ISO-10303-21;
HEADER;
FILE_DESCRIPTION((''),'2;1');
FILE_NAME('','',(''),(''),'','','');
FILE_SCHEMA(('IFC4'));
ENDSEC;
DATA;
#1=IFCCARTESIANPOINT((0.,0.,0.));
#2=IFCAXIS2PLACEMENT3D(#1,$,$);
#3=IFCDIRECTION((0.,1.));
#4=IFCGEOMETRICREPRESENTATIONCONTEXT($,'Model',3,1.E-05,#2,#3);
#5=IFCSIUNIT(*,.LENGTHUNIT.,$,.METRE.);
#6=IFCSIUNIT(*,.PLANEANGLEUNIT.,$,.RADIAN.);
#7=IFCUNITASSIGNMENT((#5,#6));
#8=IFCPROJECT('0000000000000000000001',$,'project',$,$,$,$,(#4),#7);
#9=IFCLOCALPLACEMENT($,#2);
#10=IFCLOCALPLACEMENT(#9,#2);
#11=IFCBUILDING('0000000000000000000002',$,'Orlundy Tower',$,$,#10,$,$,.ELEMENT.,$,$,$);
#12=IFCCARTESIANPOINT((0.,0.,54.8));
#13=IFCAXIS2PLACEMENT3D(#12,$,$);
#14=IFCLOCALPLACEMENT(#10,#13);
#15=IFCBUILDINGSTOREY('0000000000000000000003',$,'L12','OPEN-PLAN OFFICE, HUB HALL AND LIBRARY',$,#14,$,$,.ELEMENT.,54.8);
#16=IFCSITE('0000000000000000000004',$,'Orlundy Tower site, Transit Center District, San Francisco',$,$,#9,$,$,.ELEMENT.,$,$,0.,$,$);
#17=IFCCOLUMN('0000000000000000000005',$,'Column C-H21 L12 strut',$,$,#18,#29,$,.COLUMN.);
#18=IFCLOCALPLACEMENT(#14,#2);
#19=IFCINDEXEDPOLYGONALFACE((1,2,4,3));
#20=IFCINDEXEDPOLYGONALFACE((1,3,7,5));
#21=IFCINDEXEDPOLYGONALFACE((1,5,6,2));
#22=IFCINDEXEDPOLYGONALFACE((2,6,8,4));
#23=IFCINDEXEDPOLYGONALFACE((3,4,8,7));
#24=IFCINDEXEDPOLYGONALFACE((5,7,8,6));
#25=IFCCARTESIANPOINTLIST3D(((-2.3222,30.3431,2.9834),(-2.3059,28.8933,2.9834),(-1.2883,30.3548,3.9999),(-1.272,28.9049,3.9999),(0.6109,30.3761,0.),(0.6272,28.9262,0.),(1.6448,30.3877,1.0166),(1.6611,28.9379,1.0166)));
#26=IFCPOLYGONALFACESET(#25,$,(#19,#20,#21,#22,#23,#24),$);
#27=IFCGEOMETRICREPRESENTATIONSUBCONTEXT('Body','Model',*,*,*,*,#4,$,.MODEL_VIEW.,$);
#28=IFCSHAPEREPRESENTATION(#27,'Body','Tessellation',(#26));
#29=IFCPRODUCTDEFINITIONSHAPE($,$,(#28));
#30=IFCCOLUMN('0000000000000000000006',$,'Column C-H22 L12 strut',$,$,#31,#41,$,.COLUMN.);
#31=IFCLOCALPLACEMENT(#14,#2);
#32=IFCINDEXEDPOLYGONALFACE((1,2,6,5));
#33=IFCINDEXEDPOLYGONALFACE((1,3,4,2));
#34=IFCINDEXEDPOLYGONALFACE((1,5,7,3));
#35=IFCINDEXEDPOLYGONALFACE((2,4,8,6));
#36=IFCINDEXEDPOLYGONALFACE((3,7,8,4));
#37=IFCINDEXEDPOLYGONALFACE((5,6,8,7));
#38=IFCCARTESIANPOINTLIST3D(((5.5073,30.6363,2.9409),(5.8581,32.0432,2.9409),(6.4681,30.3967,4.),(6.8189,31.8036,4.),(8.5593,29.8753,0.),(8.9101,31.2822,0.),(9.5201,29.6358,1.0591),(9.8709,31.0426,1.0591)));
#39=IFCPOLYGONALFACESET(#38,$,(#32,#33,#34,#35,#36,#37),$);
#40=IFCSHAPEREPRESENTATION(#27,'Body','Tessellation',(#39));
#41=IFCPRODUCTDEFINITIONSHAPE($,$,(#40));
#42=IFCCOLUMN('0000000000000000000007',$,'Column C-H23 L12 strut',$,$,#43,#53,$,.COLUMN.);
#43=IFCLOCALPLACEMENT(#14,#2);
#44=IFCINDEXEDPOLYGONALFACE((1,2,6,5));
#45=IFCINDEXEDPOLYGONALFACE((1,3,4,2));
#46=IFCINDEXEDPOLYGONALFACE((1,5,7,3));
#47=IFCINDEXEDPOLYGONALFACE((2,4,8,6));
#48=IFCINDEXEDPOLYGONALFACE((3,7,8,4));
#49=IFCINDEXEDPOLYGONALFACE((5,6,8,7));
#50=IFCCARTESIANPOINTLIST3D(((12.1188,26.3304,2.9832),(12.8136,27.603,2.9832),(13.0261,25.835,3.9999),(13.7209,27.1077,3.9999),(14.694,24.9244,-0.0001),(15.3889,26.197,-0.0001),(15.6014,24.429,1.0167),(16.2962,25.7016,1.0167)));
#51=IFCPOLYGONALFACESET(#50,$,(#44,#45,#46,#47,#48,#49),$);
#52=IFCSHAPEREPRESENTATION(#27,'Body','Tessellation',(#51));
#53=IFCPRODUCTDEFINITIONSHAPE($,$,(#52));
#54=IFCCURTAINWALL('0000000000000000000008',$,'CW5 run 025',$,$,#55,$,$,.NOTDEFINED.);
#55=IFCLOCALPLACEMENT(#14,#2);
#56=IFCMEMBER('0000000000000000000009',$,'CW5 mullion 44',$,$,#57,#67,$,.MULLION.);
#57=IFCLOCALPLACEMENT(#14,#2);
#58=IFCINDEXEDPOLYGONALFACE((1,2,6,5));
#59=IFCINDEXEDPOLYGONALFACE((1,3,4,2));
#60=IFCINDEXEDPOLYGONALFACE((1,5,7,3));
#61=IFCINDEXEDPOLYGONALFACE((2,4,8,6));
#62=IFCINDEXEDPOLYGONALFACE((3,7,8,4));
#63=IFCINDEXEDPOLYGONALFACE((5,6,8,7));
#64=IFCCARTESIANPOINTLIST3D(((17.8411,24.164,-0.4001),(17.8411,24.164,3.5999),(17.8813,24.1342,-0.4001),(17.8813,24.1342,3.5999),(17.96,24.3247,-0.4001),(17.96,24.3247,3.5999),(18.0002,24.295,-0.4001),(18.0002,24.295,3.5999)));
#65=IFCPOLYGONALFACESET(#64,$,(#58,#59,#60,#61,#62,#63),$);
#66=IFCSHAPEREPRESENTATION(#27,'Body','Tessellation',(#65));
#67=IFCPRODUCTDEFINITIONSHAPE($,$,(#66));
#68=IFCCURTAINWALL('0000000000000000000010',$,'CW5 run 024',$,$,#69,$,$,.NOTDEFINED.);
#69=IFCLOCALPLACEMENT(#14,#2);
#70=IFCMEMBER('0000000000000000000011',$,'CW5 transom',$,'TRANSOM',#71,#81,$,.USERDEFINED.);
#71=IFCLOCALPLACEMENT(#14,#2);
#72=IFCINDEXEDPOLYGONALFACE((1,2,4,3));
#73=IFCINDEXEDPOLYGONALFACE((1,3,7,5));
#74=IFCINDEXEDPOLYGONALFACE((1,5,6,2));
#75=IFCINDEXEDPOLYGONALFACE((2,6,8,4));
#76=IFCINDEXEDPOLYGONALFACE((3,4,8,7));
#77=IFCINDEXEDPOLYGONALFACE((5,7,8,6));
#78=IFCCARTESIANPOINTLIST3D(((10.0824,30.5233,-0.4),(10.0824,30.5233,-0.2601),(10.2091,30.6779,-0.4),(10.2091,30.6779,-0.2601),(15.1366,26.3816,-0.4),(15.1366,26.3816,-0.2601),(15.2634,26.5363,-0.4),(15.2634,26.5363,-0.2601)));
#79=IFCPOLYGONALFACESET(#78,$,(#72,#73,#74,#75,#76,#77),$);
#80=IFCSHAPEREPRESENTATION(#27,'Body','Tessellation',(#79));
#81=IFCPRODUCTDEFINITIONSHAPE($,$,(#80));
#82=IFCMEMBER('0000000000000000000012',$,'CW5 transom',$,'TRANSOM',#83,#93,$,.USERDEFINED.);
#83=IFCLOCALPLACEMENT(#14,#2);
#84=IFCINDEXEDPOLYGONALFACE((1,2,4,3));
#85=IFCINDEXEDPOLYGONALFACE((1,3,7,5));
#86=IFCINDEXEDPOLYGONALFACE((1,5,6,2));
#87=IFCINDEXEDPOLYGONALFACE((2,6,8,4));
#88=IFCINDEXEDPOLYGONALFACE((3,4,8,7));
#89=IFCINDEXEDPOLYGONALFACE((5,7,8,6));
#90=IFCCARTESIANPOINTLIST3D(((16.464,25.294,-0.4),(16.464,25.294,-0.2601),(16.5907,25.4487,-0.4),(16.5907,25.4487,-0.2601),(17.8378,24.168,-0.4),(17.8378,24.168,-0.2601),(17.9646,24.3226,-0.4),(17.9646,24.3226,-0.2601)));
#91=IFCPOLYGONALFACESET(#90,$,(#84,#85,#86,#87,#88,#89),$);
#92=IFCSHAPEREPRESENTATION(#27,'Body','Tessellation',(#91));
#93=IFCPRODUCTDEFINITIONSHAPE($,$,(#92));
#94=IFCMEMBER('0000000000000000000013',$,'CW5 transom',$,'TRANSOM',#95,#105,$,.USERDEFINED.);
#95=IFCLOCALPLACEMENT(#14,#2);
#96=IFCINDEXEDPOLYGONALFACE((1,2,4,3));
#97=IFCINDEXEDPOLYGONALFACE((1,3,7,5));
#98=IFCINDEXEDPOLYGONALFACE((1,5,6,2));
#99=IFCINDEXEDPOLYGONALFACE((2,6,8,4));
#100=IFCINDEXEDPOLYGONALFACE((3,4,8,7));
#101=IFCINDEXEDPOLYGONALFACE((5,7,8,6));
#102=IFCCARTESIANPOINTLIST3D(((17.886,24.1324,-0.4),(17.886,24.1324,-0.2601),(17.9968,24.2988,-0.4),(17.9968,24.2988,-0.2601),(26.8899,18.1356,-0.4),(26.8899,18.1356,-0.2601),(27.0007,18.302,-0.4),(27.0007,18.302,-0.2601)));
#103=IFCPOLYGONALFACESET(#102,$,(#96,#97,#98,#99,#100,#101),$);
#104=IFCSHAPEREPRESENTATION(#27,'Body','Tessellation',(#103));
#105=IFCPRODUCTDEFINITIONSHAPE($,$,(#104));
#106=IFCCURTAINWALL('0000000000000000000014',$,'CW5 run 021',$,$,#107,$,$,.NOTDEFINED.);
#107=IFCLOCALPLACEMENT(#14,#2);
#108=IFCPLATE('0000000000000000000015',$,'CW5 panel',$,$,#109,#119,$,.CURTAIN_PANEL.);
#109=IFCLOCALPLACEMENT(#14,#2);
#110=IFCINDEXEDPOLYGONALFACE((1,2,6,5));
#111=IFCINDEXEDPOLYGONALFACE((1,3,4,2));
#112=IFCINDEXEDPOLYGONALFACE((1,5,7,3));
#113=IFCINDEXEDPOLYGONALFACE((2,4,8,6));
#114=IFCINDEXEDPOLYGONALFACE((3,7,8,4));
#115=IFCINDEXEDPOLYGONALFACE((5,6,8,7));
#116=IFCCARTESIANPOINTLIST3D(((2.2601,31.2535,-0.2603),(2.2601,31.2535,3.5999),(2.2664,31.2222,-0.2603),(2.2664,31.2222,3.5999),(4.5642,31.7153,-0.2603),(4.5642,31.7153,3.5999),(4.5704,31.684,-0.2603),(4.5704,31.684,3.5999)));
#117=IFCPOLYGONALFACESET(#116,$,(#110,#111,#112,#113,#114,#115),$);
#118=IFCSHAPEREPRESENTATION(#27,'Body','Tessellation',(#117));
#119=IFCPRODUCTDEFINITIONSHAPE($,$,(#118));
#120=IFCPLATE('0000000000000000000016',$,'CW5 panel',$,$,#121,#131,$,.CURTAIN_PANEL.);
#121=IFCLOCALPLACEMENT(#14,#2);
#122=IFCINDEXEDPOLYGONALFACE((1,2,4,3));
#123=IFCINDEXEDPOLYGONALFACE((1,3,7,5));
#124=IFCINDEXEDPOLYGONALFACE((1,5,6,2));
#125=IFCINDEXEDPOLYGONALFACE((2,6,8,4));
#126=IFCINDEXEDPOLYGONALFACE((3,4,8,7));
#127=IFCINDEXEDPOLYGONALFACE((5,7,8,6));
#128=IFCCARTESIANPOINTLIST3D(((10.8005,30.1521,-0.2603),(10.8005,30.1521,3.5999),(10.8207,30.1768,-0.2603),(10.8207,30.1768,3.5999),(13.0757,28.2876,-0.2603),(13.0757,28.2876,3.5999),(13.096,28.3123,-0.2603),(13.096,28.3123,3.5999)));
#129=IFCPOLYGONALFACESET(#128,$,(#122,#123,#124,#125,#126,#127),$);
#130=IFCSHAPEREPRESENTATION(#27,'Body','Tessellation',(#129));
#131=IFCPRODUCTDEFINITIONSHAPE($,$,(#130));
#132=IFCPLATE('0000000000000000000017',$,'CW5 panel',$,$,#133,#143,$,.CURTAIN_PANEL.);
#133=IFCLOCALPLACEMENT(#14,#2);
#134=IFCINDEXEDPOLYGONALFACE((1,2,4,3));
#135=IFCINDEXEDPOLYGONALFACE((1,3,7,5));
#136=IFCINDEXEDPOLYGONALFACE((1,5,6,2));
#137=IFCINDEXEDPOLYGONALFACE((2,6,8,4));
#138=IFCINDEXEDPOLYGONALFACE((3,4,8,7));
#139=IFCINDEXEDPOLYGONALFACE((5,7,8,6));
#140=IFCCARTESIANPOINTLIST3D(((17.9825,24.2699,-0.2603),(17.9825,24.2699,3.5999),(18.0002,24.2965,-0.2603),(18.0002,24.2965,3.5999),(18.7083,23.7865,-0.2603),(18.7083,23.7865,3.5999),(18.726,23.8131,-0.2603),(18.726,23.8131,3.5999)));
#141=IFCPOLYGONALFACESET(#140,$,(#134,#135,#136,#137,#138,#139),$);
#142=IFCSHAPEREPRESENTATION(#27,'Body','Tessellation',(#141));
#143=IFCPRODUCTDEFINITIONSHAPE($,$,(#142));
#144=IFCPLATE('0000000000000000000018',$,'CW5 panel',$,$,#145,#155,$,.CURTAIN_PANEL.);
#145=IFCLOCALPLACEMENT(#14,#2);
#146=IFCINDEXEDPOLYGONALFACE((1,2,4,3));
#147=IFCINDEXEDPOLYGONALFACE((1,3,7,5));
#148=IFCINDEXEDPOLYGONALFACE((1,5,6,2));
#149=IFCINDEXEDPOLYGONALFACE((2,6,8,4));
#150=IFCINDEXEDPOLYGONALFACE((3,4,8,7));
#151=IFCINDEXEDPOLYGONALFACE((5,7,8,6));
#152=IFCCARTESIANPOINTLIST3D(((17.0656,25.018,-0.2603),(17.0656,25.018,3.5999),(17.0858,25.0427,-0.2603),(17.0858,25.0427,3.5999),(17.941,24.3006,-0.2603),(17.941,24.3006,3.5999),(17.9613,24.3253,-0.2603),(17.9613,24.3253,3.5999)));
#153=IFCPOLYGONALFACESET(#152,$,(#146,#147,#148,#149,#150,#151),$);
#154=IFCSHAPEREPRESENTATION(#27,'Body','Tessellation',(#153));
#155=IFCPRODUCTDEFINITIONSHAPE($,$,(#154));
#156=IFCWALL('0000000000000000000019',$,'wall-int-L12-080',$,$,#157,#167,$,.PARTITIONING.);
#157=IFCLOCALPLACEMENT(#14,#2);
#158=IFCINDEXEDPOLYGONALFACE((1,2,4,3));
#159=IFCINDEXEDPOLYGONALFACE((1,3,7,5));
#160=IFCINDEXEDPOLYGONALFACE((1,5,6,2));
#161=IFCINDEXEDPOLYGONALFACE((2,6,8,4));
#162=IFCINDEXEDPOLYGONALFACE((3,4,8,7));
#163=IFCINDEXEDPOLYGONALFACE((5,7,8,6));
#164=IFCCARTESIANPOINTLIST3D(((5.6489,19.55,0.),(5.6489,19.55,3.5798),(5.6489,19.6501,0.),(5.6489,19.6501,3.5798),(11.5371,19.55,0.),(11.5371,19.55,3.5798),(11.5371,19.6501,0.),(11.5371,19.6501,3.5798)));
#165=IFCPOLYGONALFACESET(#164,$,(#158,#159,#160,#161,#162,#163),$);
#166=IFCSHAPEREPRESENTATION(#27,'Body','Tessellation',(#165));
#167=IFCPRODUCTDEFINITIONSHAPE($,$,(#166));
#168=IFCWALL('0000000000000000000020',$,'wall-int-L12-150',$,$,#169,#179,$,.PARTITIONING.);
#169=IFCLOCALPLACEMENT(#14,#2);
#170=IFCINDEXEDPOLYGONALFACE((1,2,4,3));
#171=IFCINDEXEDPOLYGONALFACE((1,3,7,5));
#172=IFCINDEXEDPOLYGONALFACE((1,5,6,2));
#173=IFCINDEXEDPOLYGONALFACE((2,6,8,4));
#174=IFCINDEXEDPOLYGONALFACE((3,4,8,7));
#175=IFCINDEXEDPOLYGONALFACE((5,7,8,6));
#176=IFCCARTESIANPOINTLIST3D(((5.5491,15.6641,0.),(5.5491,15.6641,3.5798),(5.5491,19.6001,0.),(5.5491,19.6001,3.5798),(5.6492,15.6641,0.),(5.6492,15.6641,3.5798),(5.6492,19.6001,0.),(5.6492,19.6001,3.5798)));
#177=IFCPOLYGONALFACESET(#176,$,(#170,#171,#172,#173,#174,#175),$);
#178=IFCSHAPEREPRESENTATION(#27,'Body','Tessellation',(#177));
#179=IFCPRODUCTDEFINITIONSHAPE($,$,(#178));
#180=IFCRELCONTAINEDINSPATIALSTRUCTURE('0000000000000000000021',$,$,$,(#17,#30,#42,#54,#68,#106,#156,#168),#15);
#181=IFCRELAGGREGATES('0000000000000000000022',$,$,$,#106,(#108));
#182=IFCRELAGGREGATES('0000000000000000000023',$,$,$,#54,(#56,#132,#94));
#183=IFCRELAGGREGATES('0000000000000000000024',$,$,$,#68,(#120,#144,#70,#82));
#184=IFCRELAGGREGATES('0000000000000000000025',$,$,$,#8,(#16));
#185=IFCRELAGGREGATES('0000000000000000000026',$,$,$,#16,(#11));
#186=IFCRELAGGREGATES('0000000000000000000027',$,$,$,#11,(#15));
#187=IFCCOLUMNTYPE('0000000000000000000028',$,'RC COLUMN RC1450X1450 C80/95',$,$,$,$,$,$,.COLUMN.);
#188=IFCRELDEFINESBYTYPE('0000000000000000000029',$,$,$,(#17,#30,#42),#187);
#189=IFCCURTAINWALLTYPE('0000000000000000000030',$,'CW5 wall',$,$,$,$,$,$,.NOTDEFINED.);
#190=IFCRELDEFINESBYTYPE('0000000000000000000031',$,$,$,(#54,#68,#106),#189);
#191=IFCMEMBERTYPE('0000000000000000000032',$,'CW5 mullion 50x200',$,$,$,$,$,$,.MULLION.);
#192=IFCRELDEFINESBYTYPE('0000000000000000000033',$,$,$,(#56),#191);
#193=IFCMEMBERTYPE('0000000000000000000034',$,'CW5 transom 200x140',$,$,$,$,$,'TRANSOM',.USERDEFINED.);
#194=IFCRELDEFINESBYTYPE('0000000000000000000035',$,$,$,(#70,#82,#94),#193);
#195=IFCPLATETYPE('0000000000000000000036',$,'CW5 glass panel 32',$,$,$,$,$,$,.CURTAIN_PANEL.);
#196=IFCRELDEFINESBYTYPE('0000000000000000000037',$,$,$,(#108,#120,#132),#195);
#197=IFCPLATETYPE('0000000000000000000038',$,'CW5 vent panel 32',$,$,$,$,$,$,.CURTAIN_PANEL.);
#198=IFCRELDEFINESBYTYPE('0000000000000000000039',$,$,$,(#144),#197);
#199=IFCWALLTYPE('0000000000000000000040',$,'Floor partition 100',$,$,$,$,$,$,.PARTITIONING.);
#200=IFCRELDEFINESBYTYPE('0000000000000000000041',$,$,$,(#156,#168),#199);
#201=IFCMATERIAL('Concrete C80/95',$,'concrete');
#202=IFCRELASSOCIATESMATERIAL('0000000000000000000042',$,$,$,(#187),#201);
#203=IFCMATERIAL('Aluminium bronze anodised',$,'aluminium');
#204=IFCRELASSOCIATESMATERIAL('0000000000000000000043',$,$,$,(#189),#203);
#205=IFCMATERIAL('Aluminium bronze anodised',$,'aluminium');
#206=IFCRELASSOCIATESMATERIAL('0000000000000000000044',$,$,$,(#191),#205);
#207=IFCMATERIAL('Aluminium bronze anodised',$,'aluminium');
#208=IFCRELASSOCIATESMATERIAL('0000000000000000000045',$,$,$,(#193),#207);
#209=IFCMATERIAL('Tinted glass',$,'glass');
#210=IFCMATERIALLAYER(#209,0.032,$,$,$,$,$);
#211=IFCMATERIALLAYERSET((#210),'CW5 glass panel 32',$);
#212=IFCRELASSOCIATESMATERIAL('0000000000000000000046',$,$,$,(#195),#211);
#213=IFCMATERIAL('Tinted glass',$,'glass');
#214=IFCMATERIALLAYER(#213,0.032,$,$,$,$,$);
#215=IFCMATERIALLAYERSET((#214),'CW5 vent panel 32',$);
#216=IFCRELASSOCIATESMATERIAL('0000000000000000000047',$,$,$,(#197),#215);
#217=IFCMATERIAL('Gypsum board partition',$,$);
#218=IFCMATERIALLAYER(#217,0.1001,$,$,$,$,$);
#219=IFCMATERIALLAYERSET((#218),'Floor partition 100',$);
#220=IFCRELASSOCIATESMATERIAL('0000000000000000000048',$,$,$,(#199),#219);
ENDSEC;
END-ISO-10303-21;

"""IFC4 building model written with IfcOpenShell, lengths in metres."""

from ifc_helpers import new_model, si_unit, direction, frame, frame_2d, origin, origin_2d, place, context, subcontext, project, spatial, rectangle, extrude, material, layer, layer_set, material_profile, profile_set, type_object, element, aggregate, save


model = new_model("IFC4")

# Units and contexts
model_context = context("Model", 3, precision=1e-05, world=origin(), true_north=direction((0.0, 1.0)))
body_context = subcontext(model_context, "Body", "Model", "MODEL_VIEW")
ifc_project = project(units=[si_unit("LENGTHUNIT", "METRE"), si_unit("PLANEANGLEUNIT", "RADIAN")], contexts=[model_context])

# Site, building, storey
site_placement = place(None, origin())
site = spatial("IfcSite", under=ifc_project, at=site_placement, Name="Orlundy Tower site, Transit Center District, San Francisco", CompositionType="ELEMENT", RefElevation=0.0)
building_placement = place(site_placement, origin())
building = spatial("IfcBuilding", under=site, at=building_placement, Name="Orlundy Tower", CompositionType="ELEMENT")
storey_placement = place(building_placement, frame((0.0, 0.0, 54.8)))
storey = spatial("IfcBuildingStorey", under=building, at=storey_placement, Name="L12", Description="OPEN-PLAN OFFICE, HUB HALL AND LIBRARY", CompositionType="ELEMENT", Elevation=54.8)

# Columns
ifc_material_1 = material(Name="Concrete C80/95", Category="concrete")
ifc_material_profile_1 = material_profile(ifc_material_1, rectangle(XDim=1.45, YDim=1.45, at=origin_2d()), Name="RC1450X1450")
ifc_profile_set_1 = profile_set([ifc_material_profile_1], Name="Concrete C80/95")
column_type = type_object("IfcColumnType", Name="RC COLUMN RC1450X1450 C80/95", PredefinedType="COLUMN", material=ifc_profile_set_1)
column_1_placement = place(storey_placement, frame((1.136, 29.657, 0.5083), z_axis=(-0.701049, -0.007878, 0.71307), x_axis=(0.011236, -0.999937, 0.0)))
element("IfcColumn", 1, at=column_1_placement, inside=storey, type_object=column_type, Name="Column C-H21 L12 strut", PredefinedType="COLUMN", context=body_context, shape_type="SweptSolid", body=[
    extrude(rectangle(XDim=1.45, YDim=1.45, at=origin_2d()), origin(), (0.0, 0.0, 1.0), 4.1838),
])
column_2_placement = place(storey_placement, frame((9.2151, 30.459, 0.5295), z_axis=(-0.708756, 0.176721, 0.68296), x_axis=(-0.241933, -0.970293, 0.0)))
element("IfcColumn", 2, at=column_2_placement, inside=storey, type_object=column_type, Name="Column C-H22 L12 strut", PredefinedType="COLUMN", context=body_context, shape_type="SweptSolid", body=[
    extrude(rectangle(XDim=1.45, YDim=1.45, at=origin_2d()), origin(), (0.0, 0.0, 1.0), 4.3062),
])
column_3_placement = place(storey_placement, frame((15.4951, 25.313, 0.5083), z_axis=(-0.615454, 0.336026, 0.712954), x_axis=(-0.479208, -0.877702, 0.0)))
element("IfcColumn", 3, at=column_3_placement, inside=storey, type_object=column_type, Name="Column C-H23 L12 strut", PredefinedType="COLUMN", context=body_context, shape_type="SweptSolid", body=[
    extrude(rectangle(XDim=1.45, YDim=1.45, at=origin_2d()), origin(), (0.0, 0.0, 1.0), 4.1843),
])

# Curtain wall, member
ifc_material_2 = material(Name="Aluminium bronze anodised", Category="aluminium")
curtain_wall_type = type_object("IfcCurtainWallType", Name="CW5 wall", PredefinedType="NOTDEFINED", material=ifc_material_2)
curtain_wall_1_placement = place(storey_placement, origin())
curtain_wall_1 = element("IfcCurtainWall", 4, at=curtain_wall_1_placement, inside=storey, type_object=curtain_wall_type, Name="CW5 run 025", PredefinedType="NOTDEFINED")
ifc_material_3 = material(Name="Aluminium bronze anodised", Category="aluminium")
ifc_material_profile_2 = material_profile(ifc_material_3, rectangle(XDim=0.2, YDim=0.05, at=origin_2d()), Name="CW5 mullion 50x200")
ifc_profile_set_2 = profile_set([ifc_material_profile_2], Name="Aluminium bronze anodised")
member_type_1 = type_object("IfcMemberType", Name="CW5 mullion 50x200", PredefinedType="MULLION", material=ifc_profile_set_2)
member_1_placement = place(storey_placement, frame((17.9207, 24.2295, -0.4001), z_axis=(0.0, 0.0, 1.0), x_axis=(0.594813, 0.803864, 0.0)))
member_1 = element("IfcMember", 5, at=member_1_placement, type_object=member_type_1, Name="CW5 mullion 44", PredefinedType="MULLION", context=body_context, shape_type="SweptSolid", body=[
    extrude(rectangle(XDim=0.2, YDim=0.05, at=origin_2d()), origin(), (0.0, 0.0, 1.0), 4.0),
])

# Curtain wall, members
curtain_wall_2_placement = place(storey_placement, origin())
curtain_wall_2 = element("IfcCurtainWall", 6, at=curtain_wall_2_placement, inside=storey, type_object=curtain_wall_type, Name="CW5 run 024", PredefinedType="NOTDEFINED")
ifc_material_4 = material(Name="Aluminium bronze anodised", Category="aluminium")
ifc_material_profile_3 = material_profile(ifc_material_4, rectangle(XDim=0.2, YDim=0.1399, at=origin_2d()), Name="CW5 transom 200x140")
ifc_profile_set_3 = profile_set([ifc_material_profile_3], Name="Aluminium bronze anodised")
member_type_2 = type_object("IfcMemberType", Name="CW5 transom 200x140", ElementType="TRANSOM", PredefinedType="USERDEFINED", material=ifc_profile_set_3)
member_2_placement = place(storey_placement, frame((10.1458, 30.6006, -0.3301), z_axis=(0.773481, -0.63382, 0.0), x_axis=(0.63382, 0.773481, 0.0)))
member_2 = element("IfcMember", 7, at=member_2_placement, type_object=member_type_2, Name="CW5 transom", ObjectType="TRANSOM", PredefinedType="USERDEFINED", context=body_context, shape_type="SweptSolid", body=[
    extrude(rectangle(XDim=0.2, YDim=0.1399, at=origin_2d()), origin(), (0.0, 0.0, 1.0), 6.5344),
])
member_3_placement = place(storey_placement, frame((16.5273, 25.3713, -0.3301), z_axis=(0.773412, -0.633904, 0.0), x_axis=(0.633904, 0.773412, 0.0)))
member_3 = element("IfcMember", 8, at=member_3_placement, type_object=member_type_2, Name="CW5 transom", ObjectType="TRANSOM", PredefinedType="USERDEFINED", context=body_context, shape_type="SweptSolid", body=[
    extrude(rectangle(XDim=0.2, YDim=0.1399, at=origin_2d()), origin(), (0.0, 0.0, 1.0), 1.7764),
])

# Member
member_4_placement = place(storey_placement, frame((17.9414, 24.2156, -0.3301), z_axis=(0.832297, -0.55433, 0.0), x_axis=(0.55433, 0.832297, 0.0)))
member_4 = element("IfcMember", 9, at=member_4_placement, type_object=member_type_2, Name="CW5 transom", ObjectType="TRANSOM", PredefinedType="USERDEFINED", context=body_context, shape_type="SweptSolid", body=[
    extrude(rectangle(XDim=0.2, YDim=0.1399, at=origin_2d()), origin(), (0.0, 0.0, 1.0), 10.8181),
])

# Curtain wall, plate
curtain_wall_3_placement = place(storey_placement, origin())
curtain_wall_3 = element("IfcCurtainWall", 10, at=curtain_wall_3_placement, inside=storey, type_object=curtain_wall_type, Name="CW5 run 021", PredefinedType="NOTDEFINED")
ifc_material_5 = material(Name="Tinted glass", Category="glass")
ifc_layer_1 = layer(ifc_material_5, 0.032)
ifc_layer_set_1 = layer_set([ifc_layer_1], Name="CW5 glass panel 32")
plate_type_1 = type_object("IfcPlateType", Name="CW5 glass panel 32", PredefinedType="CURTAIN_PANEL", material=ifc_layer_set_1)
plate_1_placement = place(storey_placement, frame((3.4153, 31.4688, -0.2603), z_axis=(0.0, 0.0, 1.0), x_axis=(0.9805, 0.19652, 0.0)))
plate_1 = element("IfcPlate", 11, at=plate_1_placement, type_object=plate_type_1, Name="CW5 panel", PredefinedType="CURTAIN_PANEL", context=body_context, shape_type="SweptSolid", body=[
    extrude(rectangle(XDim=2.3499, YDim=0.032, at=origin_2d()), origin(), (0.0, 0.0, 1.0), 3.8601),
])
aggregate(curtain_wall_3, [plate_1])

# Plates
plate_2_placement = place(storey_placement, frame((11.9482, 29.2322, -0.2603), z_axis=(0.0, 0.0, 1.0), x_axis=(0.773472, -0.63383, 0.0)))
plate_2 = element("IfcPlate", 12, at=plate_2_placement, type_object=plate_type_1, Name="CW5 panel", PredefinedType="CURTAIN_PANEL", context=body_context, shape_type="SweptSolid", body=[
    extrude(rectangle(XDim=2.9417, YDim=0.032, at=origin_2d()), origin(), (0.0, 0.0, 1.0), 3.8601),
])
plate_3_placement = place(storey_placement, frame((18.3542, 24.0415, -0.2603), z_axis=(0.0, 0.0, 1.0), x_axis=(0.832289, -0.554342, 0.0)))
plate_3 = element("IfcPlate", 13, at=plate_3_placement, type_object=plate_type_1, Name="CW5 panel", PredefinedType="CURTAIN_PANEL", context=body_context, shape_type="SweptSolid", body=[
    extrude(rectangle(XDim=0.8721, YDim=0.032, at=origin_2d()), origin(), (0.0, 0.0, 1.0), 3.8601),
])
aggregate(curtain_wall_1, [member_1, plate_3, member_4])
ifc_material_6 = material(Name="Tinted glass", Category="glass")
ifc_layer_2 = layer(ifc_material_6, 0.032)
ifc_layer_set_2 = layer_set([ifc_layer_2], Name="CW5 vent panel 32")
plate_type_2 = type_object("IfcPlateType", Name="CW5 vent panel 32", PredefinedType="CURTAIN_PANEL", material=ifc_layer_set_2)
plate_4_placement = place(storey_placement, frame((17.5134, 24.6716, -0.2603), z_axis=(0.0, 0.0, 1.0), x_axis=(0.773472, -0.63383, 0.0)))
plate_4 = element("IfcPlate", 14, at=plate_4_placement, type_object=plate_type_2, Name="CW5 panel", PredefinedType="CURTAIN_PANEL", context=body_context, shape_type="SweptSolid", body=[
    extrude(rectangle(XDim=1.1318, YDim=0.032, at=origin_2d()), origin(), (0.0, 0.0, 1.0), 3.8601),
])
aggregate(curtain_wall_2, [plate_2, plate_4, member_2, member_3])

# Walls
ifc_material_7 = material(Name="Gypsum board partition")
ifc_layer_3 = layer(ifc_material_7, 0.1001)
ifc_layer_set_3 = layer_set([ifc_layer_3], Name="Floor partition 100")
wall_type = type_object("IfcWallType", Name="Floor partition 100", PredefinedType="PARTITIONING", material=ifc_layer_set_3)
wall_1_placement = place(storey_placement, frame((5.6489, 19.6001, 0.0), z_axis=(0.0, 0.0, 1.0), x_axis=(1.0, 0.0, 0.0)))
element("IfcWall", 15, at=wall_1_placement, inside=storey, type_object=wall_type, Name="wall-int-L12-080", PredefinedType="PARTITIONING", context=body_context, shape_type="SweptSolid", body=[
    extrude(rectangle(XDim=5.8882, YDim=0.1001, at=frame_2d((2.9441, 0.0))), origin(), (0.0, 0.0, 1.0), 3.5798),
])
wall_2_placement = place(storey_placement, frame((5.5991, 15.6641, 0.0), z_axis=(0.0, 0.0, 1.0), x_axis=(0.0, 1.0, 0.0)))
element("IfcWall", 16, at=wall_2_placement, inside=storey, type_object=wall_type, Name="wall-int-L12-150", PredefinedType="PARTITIONING", context=body_context, shape_type="SweptSolid", body=[
    extrude(rectangle(XDim=3.936, YDim=0.1001, at=frame_2d((1.968, 0.0))), origin(), (0.0, 0.0, 1.0), 3.5798),
])

save(model, "model.ifc")
